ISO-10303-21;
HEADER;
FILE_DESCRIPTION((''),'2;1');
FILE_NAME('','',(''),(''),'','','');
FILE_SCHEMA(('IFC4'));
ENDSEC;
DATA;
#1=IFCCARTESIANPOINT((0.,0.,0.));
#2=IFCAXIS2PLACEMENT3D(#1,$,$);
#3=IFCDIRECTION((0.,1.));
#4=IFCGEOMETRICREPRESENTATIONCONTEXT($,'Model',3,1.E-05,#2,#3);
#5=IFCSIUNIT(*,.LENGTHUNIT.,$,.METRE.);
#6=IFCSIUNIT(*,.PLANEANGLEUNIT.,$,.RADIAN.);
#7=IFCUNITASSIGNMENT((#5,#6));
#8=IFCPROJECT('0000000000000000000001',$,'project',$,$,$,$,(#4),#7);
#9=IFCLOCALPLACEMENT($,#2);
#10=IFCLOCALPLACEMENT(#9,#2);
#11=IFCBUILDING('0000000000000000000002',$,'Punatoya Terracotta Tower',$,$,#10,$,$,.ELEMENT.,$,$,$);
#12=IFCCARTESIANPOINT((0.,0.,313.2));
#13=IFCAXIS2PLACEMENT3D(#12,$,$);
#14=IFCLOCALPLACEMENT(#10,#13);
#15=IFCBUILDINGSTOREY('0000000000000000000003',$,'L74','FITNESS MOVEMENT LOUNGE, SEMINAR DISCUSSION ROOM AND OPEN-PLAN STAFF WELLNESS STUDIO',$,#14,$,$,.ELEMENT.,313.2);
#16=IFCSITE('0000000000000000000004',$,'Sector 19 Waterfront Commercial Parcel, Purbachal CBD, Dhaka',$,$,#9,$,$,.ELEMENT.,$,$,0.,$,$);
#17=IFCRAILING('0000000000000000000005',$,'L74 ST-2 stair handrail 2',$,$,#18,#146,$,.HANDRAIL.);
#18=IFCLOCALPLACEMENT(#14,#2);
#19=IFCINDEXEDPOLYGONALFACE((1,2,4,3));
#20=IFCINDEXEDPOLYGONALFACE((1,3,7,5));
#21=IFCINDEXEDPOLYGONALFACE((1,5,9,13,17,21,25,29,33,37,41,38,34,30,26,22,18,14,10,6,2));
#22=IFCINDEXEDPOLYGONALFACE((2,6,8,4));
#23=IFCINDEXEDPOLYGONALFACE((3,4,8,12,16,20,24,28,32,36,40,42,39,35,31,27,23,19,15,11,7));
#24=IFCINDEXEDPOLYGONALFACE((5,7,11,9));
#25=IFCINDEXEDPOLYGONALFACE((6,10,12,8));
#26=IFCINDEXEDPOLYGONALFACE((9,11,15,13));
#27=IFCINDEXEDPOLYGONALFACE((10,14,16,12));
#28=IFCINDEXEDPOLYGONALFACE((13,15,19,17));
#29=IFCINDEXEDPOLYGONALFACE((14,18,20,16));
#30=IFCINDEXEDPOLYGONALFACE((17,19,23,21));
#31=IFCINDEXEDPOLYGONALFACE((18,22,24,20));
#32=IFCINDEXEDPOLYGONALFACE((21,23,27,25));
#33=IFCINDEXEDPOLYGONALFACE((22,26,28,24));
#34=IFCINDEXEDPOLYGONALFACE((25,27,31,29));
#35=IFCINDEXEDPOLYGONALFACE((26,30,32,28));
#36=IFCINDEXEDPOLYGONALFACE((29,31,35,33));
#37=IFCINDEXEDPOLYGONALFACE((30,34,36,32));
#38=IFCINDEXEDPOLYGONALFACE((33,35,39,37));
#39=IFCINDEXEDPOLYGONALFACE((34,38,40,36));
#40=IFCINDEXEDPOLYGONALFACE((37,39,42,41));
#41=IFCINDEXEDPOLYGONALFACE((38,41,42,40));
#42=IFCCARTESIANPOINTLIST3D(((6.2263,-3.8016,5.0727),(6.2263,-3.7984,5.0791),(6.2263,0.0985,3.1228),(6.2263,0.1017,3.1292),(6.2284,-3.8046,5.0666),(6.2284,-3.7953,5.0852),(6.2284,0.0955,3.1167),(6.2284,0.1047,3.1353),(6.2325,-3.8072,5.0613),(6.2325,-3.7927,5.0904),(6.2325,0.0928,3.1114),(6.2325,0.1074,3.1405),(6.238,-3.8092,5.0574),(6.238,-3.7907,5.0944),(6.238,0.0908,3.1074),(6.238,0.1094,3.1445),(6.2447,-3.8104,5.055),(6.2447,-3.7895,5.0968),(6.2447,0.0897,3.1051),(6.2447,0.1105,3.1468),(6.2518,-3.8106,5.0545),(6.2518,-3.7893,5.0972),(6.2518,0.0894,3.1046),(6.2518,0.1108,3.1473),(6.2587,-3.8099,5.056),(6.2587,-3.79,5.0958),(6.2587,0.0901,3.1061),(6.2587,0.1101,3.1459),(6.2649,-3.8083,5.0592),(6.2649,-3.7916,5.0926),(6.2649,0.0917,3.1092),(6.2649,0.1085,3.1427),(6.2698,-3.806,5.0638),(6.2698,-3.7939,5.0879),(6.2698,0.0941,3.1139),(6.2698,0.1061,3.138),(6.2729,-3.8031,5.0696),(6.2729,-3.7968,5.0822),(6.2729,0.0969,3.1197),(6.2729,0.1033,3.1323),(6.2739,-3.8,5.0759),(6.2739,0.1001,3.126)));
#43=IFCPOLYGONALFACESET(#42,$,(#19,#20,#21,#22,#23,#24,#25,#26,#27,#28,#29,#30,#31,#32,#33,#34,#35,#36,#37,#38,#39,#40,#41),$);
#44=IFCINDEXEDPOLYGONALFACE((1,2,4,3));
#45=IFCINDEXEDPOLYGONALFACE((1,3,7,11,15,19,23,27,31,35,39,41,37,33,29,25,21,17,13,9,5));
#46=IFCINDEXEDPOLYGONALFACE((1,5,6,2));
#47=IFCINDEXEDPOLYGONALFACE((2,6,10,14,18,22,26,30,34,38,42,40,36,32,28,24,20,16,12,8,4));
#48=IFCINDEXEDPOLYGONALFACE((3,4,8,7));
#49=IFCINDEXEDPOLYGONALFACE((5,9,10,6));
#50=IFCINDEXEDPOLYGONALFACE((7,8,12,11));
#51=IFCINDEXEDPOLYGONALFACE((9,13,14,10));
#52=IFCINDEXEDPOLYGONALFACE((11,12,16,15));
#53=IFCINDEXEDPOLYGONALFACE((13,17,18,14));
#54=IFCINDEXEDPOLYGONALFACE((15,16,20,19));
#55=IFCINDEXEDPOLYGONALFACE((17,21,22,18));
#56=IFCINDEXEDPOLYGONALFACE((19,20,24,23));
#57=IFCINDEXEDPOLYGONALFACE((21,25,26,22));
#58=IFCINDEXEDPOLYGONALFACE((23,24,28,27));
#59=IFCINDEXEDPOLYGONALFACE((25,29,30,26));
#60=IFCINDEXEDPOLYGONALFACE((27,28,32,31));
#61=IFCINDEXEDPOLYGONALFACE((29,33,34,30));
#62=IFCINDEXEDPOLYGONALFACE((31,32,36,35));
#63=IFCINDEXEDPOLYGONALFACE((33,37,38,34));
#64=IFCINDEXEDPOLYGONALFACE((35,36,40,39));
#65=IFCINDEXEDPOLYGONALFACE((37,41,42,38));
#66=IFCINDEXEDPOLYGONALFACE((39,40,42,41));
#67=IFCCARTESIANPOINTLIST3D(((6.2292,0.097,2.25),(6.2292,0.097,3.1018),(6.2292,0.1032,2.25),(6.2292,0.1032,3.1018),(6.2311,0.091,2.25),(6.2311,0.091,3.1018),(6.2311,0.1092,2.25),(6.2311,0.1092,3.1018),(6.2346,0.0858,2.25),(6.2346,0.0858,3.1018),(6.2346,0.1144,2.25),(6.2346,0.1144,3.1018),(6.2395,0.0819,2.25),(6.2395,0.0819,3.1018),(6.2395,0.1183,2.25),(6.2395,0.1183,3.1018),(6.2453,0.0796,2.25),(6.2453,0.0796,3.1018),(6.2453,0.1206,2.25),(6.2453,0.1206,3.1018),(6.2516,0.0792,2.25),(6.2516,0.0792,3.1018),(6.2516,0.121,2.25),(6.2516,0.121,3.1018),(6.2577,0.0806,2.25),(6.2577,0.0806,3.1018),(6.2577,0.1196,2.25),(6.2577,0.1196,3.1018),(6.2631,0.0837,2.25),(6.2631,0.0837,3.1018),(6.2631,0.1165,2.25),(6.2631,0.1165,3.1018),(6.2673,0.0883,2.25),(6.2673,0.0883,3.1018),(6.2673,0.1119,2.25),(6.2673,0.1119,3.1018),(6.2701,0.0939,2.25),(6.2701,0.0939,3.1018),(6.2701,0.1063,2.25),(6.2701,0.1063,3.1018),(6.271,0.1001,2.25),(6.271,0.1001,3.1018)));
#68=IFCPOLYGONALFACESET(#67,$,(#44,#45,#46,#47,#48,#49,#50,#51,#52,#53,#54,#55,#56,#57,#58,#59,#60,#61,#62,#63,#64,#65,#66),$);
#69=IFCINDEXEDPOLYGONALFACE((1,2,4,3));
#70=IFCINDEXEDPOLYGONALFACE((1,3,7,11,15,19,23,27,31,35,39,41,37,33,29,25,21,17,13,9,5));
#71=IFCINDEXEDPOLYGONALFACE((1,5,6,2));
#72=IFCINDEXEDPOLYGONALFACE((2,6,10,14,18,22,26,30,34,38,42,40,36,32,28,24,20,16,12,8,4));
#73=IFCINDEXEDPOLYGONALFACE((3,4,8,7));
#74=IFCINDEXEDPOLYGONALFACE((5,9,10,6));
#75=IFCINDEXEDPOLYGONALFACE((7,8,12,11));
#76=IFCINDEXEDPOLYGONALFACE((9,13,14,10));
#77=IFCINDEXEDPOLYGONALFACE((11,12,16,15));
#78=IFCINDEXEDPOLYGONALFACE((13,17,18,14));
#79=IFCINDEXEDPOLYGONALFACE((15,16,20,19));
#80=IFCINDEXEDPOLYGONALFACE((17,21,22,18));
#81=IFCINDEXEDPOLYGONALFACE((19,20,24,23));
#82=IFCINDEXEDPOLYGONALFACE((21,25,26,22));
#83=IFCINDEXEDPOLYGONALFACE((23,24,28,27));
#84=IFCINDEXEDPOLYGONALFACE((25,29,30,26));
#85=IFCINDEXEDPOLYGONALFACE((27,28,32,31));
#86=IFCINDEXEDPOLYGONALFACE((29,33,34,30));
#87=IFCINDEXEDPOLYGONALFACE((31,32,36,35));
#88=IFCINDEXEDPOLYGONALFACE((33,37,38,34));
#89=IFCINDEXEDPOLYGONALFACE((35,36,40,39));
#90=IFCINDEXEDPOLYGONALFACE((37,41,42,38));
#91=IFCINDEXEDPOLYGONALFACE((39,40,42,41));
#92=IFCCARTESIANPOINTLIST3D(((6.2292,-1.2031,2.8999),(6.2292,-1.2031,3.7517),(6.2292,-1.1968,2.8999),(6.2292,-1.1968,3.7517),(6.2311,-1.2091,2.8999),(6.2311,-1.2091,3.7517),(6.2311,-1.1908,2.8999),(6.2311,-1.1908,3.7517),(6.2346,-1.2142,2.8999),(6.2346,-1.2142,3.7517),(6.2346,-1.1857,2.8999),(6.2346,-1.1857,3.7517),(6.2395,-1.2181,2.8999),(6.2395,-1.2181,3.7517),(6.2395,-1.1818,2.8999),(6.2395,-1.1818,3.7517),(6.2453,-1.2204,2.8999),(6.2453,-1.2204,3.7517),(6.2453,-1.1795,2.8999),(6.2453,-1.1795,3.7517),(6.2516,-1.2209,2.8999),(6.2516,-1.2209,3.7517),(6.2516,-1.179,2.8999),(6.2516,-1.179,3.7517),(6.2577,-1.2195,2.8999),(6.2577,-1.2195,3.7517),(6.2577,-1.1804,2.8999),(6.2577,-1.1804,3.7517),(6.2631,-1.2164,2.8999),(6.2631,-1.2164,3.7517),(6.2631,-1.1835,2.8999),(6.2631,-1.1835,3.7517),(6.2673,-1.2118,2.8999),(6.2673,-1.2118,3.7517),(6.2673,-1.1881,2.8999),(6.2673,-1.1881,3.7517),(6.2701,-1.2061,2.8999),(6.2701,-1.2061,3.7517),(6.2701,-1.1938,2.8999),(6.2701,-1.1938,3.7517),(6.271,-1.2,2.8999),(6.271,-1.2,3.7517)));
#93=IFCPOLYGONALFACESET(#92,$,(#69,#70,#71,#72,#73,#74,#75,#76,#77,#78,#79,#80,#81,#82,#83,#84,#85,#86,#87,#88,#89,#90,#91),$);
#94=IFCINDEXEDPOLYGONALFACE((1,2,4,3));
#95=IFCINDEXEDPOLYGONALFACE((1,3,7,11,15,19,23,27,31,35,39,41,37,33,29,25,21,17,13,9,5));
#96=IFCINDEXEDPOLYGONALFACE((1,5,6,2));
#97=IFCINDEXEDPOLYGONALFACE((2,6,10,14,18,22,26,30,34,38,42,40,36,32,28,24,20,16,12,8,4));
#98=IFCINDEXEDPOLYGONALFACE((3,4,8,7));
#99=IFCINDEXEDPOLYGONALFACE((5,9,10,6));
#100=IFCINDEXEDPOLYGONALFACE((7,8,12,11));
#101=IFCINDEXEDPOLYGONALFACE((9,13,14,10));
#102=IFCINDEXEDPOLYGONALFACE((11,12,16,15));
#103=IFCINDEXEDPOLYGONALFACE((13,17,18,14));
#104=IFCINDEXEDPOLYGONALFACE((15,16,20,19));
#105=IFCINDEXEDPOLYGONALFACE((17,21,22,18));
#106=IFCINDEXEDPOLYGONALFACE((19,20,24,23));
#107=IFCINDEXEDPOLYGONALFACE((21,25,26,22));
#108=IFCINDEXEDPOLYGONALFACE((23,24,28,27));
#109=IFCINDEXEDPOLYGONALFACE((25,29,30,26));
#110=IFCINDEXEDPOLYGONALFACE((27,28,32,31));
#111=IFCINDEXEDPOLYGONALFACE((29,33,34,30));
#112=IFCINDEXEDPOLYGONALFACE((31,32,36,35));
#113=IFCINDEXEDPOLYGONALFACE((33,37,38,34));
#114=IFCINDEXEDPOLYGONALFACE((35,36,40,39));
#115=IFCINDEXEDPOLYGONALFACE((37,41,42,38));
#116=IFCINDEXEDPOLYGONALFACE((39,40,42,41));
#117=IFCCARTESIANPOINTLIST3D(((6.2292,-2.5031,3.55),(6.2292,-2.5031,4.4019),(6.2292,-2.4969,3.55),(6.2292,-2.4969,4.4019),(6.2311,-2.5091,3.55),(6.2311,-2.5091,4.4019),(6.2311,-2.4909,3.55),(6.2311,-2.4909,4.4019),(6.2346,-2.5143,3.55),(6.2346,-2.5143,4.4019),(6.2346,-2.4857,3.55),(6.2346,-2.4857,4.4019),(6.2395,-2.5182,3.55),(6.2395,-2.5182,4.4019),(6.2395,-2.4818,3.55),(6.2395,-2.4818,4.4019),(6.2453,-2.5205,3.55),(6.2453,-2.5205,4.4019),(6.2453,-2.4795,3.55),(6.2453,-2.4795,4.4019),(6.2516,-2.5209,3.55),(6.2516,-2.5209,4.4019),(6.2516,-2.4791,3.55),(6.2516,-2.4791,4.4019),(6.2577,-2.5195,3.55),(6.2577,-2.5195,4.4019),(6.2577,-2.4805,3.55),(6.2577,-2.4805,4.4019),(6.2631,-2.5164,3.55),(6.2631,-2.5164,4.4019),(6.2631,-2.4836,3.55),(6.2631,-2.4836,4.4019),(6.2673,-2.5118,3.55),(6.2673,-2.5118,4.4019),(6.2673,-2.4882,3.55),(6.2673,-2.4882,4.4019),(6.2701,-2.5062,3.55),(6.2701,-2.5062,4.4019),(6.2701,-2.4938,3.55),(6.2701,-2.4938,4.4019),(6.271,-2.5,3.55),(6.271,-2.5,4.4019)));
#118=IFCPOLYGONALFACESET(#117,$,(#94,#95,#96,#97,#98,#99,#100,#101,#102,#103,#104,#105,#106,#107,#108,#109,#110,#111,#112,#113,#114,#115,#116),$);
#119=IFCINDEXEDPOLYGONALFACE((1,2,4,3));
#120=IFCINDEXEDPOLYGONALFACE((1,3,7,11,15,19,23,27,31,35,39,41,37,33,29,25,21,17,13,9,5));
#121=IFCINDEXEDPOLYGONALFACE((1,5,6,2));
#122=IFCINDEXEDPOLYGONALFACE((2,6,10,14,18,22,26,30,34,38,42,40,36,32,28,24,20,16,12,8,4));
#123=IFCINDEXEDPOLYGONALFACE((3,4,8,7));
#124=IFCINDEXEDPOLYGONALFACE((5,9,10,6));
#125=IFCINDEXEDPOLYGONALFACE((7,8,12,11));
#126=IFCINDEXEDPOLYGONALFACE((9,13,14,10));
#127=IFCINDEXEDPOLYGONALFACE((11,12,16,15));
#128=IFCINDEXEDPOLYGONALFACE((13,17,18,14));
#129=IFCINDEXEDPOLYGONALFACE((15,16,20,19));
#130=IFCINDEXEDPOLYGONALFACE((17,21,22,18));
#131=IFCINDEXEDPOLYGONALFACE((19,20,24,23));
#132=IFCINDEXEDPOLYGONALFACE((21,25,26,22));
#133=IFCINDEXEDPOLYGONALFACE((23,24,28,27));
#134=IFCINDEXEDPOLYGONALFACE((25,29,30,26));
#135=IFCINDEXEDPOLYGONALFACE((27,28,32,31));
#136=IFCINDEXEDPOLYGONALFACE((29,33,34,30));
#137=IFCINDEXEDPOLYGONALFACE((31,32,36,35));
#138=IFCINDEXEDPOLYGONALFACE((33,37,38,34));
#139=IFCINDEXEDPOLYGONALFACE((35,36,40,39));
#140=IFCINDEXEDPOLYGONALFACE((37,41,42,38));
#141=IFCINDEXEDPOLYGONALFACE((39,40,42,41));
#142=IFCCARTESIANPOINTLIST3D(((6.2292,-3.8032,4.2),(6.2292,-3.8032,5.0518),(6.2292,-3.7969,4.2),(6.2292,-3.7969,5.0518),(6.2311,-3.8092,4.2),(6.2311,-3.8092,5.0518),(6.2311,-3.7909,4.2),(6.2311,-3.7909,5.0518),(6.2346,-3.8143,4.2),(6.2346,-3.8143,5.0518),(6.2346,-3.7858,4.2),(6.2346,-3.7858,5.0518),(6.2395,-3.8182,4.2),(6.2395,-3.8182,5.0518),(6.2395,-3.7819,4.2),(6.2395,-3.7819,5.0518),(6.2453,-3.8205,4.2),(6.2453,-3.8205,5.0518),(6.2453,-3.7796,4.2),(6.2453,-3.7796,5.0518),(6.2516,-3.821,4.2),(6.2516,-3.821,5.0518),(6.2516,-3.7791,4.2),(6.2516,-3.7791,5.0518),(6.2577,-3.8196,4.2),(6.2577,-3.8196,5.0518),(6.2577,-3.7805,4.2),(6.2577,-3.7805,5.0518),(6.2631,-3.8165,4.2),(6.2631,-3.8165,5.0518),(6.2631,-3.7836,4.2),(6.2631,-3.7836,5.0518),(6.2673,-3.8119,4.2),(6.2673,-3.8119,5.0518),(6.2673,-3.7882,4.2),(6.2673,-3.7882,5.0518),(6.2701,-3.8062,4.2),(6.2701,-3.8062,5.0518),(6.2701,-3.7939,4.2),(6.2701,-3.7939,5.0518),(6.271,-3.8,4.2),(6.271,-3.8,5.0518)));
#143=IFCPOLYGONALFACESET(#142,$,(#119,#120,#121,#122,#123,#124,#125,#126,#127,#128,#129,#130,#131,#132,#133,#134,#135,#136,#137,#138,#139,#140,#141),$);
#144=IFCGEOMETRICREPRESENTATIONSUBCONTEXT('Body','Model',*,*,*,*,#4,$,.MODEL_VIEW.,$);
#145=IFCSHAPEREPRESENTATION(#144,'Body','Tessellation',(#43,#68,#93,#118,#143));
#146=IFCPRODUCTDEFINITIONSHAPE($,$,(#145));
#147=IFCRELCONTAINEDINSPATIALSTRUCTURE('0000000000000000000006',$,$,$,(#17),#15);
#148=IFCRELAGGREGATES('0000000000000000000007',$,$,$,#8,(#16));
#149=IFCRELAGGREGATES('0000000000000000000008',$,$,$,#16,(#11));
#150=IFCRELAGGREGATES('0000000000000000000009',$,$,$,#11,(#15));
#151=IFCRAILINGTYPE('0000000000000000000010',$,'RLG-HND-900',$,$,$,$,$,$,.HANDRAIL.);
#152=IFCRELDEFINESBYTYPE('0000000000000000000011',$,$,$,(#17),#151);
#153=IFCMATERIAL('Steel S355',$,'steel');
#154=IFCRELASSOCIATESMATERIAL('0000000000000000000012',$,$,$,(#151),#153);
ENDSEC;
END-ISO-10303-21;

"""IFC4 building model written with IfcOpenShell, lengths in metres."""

from ifc_helpers import new_model, si_unit, direction, frame, origin, origin_2d, place, context, subcontext, project, spatial, circle, extrude, material, type_object, element, save


model = new_model("IFC4")

# Units and contexts
model_context = context("Model", 3, precision=1e-05, world=origin(), true_north=direction((0.0, 1.0)))
body_context = subcontext(model_context, "Body", "Model", "MODEL_VIEW")
ifc_project = project(units=[si_unit("LENGTHUNIT", "METRE"), si_unit("PLANEANGLEUNIT", "RADIAN")], contexts=[model_context])

# Site, building, storey
site_placement = place(None, origin())
site = spatial("IfcSite", under=ifc_project, at=site_placement, Name="Sector 19 Waterfront Commercial Parcel, Purbachal CBD, Dhaka", CompositionType="ELEMENT", RefElevation=0.0)
building_placement = place(site_placement, origin())
building = spatial("IfcBuilding", under=site, at=building_placement, Name="Punatoya Terracotta Tower", CompositionType="ELEMENT")
storey_placement = place(building_placement, frame((0.0, 0.0, 313.2)))
storey = spatial("IfcBuildingStorey", under=building, at=storey_placement, Name="L74", Description="FITNESS MOVEMENT LOUNGE, SEMINAR DISCUSSION ROOM AND OPEN-PLAN STAFF WELLNESS STUDIO", CompositionType="ELEMENT", Elevation=313.2)

# Shared definitions
ifc_material_1 = material(Name="Steel S355", Category="steel")

# Railing
railing_type_1 = type_object("IfcRailingType", Name="RLG-HND-900", PredefinedType="HANDRAIL", material=ifc_material_1)
railing_1_placement = place(storey_placement, frame((6.25, 0.1001, 2.25)))
element("IfcRailing", 1, at=railing_1_placement, inside=storey, type_object=railing_type_1, Name="L74 ST-2 stair handrail 2", PredefinedType="HANDRAIL", context=body_context, shape_type="SweptSolid", body=[
    extrude(circle(Radius=0.0239, at=origin_2d()), frame((0.0, 0.0, 0.876), z_axis=(0.0, -0.894438, 0.447191), x_axis=(1.0, 0.0, 0.0)), (0.0, 0.0, 1.0), 4.3604),
    extrude(circle(Radius=0.021, at=origin_2d()), origin(), (0.0, 0.0, 1.0), 0.8518),
    extrude(circle(Radius=0.021, at=origin_2d()), frame((0.0, -1.3, 0.6499)), (0.0, 0.0, 1.0), 0.8518),
    extrude(circle(Radius=0.021, at=origin_2d()), frame((0.0, -2.6001, 1.3)), (0.0, 0.0, 1.0), 0.8518),
    extrude(circle(Radius=0.021, at=origin_2d()), frame((0.0, -3.9001, 1.95)), (0.0, 0.0, 1.0), 0.8518),
])

save(model, "model.ifc")
